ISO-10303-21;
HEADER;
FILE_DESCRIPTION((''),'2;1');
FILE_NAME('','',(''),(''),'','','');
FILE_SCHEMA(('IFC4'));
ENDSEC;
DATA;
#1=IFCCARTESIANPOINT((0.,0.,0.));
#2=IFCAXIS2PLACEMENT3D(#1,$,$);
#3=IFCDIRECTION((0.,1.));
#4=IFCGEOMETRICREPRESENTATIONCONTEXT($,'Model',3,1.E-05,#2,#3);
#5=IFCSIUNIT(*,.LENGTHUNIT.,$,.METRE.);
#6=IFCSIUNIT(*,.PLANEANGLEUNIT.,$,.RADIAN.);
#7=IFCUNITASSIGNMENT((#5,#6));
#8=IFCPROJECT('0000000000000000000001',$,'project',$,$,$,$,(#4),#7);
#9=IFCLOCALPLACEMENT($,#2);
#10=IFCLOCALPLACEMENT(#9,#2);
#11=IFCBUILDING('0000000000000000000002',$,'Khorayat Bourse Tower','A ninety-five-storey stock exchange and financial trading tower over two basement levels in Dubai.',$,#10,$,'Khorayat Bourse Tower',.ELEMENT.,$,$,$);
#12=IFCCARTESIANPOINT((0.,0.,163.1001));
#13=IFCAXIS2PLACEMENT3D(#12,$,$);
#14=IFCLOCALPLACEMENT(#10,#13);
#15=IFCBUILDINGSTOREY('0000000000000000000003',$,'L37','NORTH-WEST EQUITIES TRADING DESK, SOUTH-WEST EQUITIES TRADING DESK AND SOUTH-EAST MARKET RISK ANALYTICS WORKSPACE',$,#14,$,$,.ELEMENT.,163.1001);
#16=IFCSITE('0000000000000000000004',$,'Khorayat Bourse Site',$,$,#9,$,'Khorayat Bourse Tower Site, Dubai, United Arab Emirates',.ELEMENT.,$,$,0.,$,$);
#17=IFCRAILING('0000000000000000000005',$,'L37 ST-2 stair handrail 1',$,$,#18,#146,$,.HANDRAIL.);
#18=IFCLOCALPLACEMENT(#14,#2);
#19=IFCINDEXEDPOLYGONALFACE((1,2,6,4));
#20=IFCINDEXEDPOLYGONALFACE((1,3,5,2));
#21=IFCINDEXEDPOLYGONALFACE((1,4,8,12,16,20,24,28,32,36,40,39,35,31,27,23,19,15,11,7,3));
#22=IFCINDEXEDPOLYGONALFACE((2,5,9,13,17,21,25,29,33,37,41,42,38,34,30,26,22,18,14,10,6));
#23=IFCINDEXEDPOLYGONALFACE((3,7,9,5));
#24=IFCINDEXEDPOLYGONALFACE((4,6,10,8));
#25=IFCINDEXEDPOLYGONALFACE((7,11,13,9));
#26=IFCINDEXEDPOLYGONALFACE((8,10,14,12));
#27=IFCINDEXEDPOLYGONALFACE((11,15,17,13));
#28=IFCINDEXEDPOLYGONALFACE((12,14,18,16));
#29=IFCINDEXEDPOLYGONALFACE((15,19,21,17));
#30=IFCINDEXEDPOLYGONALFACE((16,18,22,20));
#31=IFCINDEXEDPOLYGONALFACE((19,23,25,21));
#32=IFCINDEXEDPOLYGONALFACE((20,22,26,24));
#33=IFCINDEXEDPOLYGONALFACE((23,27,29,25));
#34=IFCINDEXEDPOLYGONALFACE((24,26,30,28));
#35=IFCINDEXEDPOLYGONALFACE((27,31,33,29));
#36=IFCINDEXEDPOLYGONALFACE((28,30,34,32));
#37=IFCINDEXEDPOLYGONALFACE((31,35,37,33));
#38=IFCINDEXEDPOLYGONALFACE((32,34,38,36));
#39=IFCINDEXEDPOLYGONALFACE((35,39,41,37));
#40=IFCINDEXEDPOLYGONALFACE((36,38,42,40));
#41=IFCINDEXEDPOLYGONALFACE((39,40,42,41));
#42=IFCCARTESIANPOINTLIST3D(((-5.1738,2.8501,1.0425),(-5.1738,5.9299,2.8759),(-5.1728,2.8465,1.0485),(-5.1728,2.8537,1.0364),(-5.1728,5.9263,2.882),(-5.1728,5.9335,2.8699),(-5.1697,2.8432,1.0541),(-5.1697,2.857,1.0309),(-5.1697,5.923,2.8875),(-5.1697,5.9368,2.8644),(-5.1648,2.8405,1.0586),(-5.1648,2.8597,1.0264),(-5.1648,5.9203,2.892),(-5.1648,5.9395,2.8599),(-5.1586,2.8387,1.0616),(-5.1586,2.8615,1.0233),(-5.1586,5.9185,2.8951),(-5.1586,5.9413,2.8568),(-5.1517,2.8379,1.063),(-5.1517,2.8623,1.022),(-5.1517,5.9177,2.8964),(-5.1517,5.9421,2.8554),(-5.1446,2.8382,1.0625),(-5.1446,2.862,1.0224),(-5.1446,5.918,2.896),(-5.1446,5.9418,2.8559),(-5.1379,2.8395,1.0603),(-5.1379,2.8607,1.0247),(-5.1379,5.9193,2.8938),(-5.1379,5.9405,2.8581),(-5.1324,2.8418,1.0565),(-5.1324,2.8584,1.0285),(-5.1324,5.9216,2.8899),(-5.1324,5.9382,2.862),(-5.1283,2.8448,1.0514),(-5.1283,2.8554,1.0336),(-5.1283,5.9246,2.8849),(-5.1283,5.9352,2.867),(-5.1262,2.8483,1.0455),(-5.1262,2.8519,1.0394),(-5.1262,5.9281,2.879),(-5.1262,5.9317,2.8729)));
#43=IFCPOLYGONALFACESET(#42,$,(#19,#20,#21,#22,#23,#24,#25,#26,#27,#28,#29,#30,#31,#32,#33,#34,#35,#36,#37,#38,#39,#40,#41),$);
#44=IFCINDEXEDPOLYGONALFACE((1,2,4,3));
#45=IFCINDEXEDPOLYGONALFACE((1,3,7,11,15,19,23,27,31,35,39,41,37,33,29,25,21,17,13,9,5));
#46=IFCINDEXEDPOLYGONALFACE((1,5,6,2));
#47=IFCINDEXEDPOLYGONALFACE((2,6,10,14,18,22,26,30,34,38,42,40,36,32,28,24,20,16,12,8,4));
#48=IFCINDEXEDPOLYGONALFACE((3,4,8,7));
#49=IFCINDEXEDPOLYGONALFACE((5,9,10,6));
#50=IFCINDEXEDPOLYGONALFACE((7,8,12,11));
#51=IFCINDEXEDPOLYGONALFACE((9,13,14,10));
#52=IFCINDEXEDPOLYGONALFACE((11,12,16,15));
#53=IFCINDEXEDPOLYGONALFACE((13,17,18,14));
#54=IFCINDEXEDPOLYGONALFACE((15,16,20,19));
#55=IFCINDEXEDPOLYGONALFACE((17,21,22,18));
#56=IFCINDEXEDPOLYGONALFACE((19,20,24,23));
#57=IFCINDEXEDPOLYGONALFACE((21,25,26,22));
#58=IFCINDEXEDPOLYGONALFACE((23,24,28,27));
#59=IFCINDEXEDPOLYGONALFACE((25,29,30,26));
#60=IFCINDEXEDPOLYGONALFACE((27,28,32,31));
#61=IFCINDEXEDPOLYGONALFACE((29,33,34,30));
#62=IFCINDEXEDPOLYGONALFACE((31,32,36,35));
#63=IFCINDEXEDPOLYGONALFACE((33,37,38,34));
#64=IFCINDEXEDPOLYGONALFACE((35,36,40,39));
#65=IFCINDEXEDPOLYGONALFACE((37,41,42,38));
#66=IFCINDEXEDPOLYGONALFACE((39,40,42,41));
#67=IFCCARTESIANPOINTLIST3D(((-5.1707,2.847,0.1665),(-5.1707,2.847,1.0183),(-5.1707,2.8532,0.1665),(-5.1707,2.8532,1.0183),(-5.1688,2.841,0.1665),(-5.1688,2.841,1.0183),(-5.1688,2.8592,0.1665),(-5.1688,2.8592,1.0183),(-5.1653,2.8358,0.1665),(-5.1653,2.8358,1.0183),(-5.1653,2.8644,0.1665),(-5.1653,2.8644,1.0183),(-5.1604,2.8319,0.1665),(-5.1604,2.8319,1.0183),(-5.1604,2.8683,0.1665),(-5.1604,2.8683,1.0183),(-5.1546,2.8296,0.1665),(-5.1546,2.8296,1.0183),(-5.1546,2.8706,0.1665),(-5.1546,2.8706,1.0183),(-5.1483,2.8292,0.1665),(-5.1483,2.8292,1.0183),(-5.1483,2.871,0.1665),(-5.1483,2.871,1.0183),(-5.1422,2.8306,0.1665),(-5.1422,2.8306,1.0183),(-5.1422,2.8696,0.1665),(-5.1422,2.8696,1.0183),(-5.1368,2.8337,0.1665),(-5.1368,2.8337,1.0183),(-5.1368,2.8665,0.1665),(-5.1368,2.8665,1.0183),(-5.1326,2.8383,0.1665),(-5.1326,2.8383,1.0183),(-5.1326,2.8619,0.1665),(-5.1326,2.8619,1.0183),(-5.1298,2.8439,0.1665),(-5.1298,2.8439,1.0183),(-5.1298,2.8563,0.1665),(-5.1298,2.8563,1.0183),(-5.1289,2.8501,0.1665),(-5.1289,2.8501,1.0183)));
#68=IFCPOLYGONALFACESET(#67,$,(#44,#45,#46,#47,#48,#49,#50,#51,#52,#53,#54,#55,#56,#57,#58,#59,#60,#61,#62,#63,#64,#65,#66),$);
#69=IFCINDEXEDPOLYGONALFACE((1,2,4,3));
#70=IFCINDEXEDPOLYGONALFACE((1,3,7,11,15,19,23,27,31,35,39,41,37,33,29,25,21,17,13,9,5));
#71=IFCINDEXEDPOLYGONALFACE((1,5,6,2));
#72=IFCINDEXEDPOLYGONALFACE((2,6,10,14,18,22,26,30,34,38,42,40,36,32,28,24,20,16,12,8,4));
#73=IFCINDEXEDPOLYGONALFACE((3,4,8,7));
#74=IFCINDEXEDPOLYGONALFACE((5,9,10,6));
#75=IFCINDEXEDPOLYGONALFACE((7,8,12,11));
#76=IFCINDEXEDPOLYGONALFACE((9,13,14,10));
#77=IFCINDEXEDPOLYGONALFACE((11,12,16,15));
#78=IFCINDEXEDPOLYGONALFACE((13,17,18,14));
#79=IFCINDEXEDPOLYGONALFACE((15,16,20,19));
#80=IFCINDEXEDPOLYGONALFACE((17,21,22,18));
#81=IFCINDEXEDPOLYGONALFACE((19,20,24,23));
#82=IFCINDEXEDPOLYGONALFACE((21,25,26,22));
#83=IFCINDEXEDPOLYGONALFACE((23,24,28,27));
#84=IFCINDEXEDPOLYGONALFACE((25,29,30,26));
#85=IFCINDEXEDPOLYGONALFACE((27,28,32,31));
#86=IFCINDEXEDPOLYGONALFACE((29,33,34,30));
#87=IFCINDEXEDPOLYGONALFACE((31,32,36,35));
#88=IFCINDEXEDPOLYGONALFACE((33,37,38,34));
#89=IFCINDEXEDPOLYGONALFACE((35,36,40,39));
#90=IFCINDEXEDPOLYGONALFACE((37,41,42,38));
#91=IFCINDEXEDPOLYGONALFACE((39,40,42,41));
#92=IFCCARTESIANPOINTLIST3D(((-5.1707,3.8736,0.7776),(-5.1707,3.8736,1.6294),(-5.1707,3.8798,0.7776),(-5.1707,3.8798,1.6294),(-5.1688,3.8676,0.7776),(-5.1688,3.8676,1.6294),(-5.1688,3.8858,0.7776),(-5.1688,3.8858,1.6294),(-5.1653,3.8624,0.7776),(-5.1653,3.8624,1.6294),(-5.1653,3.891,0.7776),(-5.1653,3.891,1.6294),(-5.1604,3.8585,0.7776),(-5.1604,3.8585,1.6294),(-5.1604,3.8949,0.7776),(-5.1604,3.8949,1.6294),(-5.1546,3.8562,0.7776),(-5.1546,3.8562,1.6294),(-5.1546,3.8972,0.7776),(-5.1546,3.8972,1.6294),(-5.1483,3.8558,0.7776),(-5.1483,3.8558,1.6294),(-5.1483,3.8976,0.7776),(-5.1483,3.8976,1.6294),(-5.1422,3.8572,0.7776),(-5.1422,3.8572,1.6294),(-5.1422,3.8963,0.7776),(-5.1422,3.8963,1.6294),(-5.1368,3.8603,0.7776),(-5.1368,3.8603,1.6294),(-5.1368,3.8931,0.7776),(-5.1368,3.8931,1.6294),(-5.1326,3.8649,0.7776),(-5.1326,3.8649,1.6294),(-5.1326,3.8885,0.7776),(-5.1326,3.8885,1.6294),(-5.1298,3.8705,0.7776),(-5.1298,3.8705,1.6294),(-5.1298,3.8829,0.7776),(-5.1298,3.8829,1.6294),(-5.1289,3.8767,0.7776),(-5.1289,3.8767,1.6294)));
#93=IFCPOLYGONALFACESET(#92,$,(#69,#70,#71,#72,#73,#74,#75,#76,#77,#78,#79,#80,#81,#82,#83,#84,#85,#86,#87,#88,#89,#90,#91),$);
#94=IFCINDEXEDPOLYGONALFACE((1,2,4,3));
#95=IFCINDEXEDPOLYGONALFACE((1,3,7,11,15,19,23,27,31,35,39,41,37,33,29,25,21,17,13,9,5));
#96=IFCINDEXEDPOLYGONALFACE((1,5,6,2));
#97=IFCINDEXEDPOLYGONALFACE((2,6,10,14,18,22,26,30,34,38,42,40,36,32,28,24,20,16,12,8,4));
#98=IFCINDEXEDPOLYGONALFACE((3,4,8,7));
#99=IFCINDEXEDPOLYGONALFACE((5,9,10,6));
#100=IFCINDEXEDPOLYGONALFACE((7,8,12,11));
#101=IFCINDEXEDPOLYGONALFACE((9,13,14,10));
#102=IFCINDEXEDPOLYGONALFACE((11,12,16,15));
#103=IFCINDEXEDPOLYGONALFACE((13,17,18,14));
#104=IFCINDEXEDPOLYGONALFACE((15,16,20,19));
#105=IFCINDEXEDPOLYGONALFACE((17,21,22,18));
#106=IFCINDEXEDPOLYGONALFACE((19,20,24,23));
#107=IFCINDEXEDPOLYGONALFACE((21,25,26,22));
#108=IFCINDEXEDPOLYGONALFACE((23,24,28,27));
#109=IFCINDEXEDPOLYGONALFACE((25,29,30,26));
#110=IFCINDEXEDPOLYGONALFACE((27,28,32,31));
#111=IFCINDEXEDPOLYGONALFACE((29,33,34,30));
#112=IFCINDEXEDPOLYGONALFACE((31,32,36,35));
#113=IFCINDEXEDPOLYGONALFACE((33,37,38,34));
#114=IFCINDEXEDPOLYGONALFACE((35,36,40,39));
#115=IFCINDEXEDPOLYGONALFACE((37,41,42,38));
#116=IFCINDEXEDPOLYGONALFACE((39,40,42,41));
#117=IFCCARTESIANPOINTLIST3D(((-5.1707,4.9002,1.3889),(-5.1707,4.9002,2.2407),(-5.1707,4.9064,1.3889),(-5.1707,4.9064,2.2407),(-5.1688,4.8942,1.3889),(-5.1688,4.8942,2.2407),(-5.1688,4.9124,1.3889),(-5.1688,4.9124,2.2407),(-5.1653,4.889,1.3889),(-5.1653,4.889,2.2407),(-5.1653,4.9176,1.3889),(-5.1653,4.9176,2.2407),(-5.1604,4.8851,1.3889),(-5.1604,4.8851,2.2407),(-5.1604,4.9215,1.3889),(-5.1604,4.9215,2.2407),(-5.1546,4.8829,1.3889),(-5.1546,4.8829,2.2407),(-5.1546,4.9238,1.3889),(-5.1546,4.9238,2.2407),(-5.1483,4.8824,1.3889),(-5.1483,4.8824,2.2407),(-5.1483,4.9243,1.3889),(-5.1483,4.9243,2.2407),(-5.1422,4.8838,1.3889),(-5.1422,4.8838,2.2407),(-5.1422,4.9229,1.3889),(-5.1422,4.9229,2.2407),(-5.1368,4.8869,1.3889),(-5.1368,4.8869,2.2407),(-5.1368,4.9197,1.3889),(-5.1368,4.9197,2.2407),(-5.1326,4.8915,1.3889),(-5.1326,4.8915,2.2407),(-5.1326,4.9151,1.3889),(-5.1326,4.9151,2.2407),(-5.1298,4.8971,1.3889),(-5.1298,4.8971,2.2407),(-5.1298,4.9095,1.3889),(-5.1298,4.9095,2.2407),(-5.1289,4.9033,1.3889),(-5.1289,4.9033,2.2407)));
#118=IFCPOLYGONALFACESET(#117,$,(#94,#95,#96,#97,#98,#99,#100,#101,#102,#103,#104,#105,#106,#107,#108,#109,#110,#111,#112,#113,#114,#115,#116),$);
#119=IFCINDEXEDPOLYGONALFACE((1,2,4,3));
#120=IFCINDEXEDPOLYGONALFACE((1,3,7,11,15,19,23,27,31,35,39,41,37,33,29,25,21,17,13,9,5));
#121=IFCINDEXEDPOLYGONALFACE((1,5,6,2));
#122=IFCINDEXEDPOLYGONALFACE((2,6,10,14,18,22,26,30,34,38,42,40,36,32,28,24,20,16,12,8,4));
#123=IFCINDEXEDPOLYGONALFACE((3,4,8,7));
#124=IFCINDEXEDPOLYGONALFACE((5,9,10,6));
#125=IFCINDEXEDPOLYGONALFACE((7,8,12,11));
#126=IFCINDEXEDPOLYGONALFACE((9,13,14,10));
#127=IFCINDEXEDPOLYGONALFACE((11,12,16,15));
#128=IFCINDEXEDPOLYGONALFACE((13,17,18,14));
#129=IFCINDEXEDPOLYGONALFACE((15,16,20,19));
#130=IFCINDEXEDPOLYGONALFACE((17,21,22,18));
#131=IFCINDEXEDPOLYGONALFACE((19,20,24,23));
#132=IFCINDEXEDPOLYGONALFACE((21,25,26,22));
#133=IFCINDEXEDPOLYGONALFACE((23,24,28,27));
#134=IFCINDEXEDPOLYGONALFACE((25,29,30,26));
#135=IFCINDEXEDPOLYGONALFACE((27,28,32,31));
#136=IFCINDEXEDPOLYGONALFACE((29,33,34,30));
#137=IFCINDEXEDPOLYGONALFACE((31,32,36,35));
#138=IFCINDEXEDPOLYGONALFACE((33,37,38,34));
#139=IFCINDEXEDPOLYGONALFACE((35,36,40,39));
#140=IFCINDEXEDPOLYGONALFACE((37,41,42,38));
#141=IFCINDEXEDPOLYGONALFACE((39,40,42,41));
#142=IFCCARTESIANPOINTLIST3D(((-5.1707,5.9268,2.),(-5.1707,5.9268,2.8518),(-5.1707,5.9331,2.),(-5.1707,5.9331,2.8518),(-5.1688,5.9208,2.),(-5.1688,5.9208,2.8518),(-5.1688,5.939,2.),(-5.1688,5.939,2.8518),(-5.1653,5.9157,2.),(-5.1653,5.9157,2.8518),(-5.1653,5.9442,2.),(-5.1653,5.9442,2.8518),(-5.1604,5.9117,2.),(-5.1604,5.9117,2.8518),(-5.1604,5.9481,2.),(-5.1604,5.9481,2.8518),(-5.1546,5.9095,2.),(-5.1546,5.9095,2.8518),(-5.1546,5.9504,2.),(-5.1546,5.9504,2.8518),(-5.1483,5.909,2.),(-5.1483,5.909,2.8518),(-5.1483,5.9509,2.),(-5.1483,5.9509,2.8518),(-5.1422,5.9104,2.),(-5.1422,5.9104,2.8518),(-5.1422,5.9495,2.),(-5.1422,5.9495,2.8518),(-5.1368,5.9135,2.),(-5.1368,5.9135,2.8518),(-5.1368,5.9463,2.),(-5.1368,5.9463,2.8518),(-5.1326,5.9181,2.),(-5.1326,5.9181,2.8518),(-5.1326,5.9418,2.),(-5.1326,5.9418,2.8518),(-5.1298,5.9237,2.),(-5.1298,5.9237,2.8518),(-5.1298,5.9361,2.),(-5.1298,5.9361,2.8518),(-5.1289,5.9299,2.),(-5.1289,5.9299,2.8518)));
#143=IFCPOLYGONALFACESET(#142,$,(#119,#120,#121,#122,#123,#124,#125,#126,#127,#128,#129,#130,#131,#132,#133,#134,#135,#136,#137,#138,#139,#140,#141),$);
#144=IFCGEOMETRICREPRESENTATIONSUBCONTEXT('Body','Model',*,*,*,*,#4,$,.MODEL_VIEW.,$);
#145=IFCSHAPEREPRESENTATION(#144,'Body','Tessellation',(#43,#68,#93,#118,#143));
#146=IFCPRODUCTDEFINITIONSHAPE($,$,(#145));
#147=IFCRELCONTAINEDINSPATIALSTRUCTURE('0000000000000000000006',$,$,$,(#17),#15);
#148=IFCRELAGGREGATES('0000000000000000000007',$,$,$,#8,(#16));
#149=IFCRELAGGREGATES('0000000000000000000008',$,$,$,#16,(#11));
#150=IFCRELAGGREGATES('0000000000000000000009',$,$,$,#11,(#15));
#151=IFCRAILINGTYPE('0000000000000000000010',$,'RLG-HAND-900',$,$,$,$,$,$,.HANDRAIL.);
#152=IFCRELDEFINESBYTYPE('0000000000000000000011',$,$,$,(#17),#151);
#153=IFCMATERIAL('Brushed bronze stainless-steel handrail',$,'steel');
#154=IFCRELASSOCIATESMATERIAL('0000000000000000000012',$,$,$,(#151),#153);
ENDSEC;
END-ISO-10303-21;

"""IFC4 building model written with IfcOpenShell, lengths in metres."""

from ifc_helpers import new_model, si_unit, direction, frame, origin, origin_2d, place, context, subcontext, project, spatial, circle, extrude, source, transform, mapped, material, type_object, element, save


model = new_model("IFC4")

# Units and contexts
model_context = context("Model", 3, precision=1e-05, world=origin(), true_north=direction((0.0, 1.0)))
body_context = subcontext(model_context, "Body", "Model", "MODEL_VIEW")
ifc_project = project(units=[si_unit("LENGTHUNIT", "METRE"), si_unit("PLANEANGLEUNIT", "RADIAN")], contexts=[model_context])

# Site, building, storey
site_placement = place(None, origin())
site = spatial("IfcSite", under=ifc_project, at=site_placement, Name="Khorayat Bourse Site", LongName="Khorayat Bourse Tower Site, Dubai, United Arab Emirates", CompositionType="ELEMENT", RefElevation=0.0)
building_placement = place(site_placement, origin())
building = spatial("IfcBuilding", under=site, at=building_placement, Name="Khorayat Bourse Tower", Description="A ninety-five-storey stock exchange and financial trading tower over two basement levels in Dubai.", LongName="Khorayat Bourse Tower", CompositionType="ELEMENT")
storey_placement = place(building_placement, frame((0.0, 0.0, 163.1001)))
storey = spatial("IfcBuildingStorey", under=building, at=storey_placement, Name="L37", Description="NORTH-WEST EQUITIES TRADING DESK, SOUTH-WEST EQUITIES TRADING DESK AND SOUTH-EAST MARKET RISK ANALYTICS WORKSPACE", CompositionType="ELEMENT", Elevation=163.1001)

# Railing
ifc_material_1 = material(Name="Brushed bronze stainless-steel handrail", Category="steel")
railing_type_1 = type_object("IfcRailingType", Name="RLG-HAND-900", PredefinedType="HANDRAIL", material=ifc_material_1)
shared_shape_1 = source(origin(), body_context, "Body", "SweptSolid", [
    extrude(circle(Radius=0.0239, at=origin_2d()), frame((0.0, 0.0, 0.876), z_axis=(0.0, 0.859261, 0.511538), x_axis=(-1.0, 0.0, 0.0)), (0.0, 0.0, 1.0), 3.5842),
    extrude(circle(Radius=0.021, at=origin_2d()), origin(), (0.0, 0.0, 1.0), 0.8518),
    extrude(circle(Radius=0.021, at=origin_2d()), frame((0.0, 1.0266, 0.6111)), (0.0, 0.0, 1.0), 0.8518),
    extrude(circle(Radius=0.021, at=origin_2d()), frame((0.0, 2.0532, 1.2224)), (0.0, 0.0, 1.0), 0.8518),
    extrude(circle(Radius=0.021, at=origin_2d()), frame((0.0, 3.0798, 1.8335)), (0.0, 0.0, 1.0), 0.8518),
])
railing_1_placement = place(storey_placement, frame((-5.1499, 2.8501, 0.1665)))
element("IfcRailing", 1, at=railing_1_placement, inside=storey, type_object=railing_type_1, Name="L37 ST-2 stair handrail 1", PredefinedType="HANDRAIL", context=body_context, shape_type="MappedRepresentation", body=[
    mapped(shared_shape_1, transform((0.0, 0.0, 0.0), scale=1.0)),
])

save(model, "model.ifc")
